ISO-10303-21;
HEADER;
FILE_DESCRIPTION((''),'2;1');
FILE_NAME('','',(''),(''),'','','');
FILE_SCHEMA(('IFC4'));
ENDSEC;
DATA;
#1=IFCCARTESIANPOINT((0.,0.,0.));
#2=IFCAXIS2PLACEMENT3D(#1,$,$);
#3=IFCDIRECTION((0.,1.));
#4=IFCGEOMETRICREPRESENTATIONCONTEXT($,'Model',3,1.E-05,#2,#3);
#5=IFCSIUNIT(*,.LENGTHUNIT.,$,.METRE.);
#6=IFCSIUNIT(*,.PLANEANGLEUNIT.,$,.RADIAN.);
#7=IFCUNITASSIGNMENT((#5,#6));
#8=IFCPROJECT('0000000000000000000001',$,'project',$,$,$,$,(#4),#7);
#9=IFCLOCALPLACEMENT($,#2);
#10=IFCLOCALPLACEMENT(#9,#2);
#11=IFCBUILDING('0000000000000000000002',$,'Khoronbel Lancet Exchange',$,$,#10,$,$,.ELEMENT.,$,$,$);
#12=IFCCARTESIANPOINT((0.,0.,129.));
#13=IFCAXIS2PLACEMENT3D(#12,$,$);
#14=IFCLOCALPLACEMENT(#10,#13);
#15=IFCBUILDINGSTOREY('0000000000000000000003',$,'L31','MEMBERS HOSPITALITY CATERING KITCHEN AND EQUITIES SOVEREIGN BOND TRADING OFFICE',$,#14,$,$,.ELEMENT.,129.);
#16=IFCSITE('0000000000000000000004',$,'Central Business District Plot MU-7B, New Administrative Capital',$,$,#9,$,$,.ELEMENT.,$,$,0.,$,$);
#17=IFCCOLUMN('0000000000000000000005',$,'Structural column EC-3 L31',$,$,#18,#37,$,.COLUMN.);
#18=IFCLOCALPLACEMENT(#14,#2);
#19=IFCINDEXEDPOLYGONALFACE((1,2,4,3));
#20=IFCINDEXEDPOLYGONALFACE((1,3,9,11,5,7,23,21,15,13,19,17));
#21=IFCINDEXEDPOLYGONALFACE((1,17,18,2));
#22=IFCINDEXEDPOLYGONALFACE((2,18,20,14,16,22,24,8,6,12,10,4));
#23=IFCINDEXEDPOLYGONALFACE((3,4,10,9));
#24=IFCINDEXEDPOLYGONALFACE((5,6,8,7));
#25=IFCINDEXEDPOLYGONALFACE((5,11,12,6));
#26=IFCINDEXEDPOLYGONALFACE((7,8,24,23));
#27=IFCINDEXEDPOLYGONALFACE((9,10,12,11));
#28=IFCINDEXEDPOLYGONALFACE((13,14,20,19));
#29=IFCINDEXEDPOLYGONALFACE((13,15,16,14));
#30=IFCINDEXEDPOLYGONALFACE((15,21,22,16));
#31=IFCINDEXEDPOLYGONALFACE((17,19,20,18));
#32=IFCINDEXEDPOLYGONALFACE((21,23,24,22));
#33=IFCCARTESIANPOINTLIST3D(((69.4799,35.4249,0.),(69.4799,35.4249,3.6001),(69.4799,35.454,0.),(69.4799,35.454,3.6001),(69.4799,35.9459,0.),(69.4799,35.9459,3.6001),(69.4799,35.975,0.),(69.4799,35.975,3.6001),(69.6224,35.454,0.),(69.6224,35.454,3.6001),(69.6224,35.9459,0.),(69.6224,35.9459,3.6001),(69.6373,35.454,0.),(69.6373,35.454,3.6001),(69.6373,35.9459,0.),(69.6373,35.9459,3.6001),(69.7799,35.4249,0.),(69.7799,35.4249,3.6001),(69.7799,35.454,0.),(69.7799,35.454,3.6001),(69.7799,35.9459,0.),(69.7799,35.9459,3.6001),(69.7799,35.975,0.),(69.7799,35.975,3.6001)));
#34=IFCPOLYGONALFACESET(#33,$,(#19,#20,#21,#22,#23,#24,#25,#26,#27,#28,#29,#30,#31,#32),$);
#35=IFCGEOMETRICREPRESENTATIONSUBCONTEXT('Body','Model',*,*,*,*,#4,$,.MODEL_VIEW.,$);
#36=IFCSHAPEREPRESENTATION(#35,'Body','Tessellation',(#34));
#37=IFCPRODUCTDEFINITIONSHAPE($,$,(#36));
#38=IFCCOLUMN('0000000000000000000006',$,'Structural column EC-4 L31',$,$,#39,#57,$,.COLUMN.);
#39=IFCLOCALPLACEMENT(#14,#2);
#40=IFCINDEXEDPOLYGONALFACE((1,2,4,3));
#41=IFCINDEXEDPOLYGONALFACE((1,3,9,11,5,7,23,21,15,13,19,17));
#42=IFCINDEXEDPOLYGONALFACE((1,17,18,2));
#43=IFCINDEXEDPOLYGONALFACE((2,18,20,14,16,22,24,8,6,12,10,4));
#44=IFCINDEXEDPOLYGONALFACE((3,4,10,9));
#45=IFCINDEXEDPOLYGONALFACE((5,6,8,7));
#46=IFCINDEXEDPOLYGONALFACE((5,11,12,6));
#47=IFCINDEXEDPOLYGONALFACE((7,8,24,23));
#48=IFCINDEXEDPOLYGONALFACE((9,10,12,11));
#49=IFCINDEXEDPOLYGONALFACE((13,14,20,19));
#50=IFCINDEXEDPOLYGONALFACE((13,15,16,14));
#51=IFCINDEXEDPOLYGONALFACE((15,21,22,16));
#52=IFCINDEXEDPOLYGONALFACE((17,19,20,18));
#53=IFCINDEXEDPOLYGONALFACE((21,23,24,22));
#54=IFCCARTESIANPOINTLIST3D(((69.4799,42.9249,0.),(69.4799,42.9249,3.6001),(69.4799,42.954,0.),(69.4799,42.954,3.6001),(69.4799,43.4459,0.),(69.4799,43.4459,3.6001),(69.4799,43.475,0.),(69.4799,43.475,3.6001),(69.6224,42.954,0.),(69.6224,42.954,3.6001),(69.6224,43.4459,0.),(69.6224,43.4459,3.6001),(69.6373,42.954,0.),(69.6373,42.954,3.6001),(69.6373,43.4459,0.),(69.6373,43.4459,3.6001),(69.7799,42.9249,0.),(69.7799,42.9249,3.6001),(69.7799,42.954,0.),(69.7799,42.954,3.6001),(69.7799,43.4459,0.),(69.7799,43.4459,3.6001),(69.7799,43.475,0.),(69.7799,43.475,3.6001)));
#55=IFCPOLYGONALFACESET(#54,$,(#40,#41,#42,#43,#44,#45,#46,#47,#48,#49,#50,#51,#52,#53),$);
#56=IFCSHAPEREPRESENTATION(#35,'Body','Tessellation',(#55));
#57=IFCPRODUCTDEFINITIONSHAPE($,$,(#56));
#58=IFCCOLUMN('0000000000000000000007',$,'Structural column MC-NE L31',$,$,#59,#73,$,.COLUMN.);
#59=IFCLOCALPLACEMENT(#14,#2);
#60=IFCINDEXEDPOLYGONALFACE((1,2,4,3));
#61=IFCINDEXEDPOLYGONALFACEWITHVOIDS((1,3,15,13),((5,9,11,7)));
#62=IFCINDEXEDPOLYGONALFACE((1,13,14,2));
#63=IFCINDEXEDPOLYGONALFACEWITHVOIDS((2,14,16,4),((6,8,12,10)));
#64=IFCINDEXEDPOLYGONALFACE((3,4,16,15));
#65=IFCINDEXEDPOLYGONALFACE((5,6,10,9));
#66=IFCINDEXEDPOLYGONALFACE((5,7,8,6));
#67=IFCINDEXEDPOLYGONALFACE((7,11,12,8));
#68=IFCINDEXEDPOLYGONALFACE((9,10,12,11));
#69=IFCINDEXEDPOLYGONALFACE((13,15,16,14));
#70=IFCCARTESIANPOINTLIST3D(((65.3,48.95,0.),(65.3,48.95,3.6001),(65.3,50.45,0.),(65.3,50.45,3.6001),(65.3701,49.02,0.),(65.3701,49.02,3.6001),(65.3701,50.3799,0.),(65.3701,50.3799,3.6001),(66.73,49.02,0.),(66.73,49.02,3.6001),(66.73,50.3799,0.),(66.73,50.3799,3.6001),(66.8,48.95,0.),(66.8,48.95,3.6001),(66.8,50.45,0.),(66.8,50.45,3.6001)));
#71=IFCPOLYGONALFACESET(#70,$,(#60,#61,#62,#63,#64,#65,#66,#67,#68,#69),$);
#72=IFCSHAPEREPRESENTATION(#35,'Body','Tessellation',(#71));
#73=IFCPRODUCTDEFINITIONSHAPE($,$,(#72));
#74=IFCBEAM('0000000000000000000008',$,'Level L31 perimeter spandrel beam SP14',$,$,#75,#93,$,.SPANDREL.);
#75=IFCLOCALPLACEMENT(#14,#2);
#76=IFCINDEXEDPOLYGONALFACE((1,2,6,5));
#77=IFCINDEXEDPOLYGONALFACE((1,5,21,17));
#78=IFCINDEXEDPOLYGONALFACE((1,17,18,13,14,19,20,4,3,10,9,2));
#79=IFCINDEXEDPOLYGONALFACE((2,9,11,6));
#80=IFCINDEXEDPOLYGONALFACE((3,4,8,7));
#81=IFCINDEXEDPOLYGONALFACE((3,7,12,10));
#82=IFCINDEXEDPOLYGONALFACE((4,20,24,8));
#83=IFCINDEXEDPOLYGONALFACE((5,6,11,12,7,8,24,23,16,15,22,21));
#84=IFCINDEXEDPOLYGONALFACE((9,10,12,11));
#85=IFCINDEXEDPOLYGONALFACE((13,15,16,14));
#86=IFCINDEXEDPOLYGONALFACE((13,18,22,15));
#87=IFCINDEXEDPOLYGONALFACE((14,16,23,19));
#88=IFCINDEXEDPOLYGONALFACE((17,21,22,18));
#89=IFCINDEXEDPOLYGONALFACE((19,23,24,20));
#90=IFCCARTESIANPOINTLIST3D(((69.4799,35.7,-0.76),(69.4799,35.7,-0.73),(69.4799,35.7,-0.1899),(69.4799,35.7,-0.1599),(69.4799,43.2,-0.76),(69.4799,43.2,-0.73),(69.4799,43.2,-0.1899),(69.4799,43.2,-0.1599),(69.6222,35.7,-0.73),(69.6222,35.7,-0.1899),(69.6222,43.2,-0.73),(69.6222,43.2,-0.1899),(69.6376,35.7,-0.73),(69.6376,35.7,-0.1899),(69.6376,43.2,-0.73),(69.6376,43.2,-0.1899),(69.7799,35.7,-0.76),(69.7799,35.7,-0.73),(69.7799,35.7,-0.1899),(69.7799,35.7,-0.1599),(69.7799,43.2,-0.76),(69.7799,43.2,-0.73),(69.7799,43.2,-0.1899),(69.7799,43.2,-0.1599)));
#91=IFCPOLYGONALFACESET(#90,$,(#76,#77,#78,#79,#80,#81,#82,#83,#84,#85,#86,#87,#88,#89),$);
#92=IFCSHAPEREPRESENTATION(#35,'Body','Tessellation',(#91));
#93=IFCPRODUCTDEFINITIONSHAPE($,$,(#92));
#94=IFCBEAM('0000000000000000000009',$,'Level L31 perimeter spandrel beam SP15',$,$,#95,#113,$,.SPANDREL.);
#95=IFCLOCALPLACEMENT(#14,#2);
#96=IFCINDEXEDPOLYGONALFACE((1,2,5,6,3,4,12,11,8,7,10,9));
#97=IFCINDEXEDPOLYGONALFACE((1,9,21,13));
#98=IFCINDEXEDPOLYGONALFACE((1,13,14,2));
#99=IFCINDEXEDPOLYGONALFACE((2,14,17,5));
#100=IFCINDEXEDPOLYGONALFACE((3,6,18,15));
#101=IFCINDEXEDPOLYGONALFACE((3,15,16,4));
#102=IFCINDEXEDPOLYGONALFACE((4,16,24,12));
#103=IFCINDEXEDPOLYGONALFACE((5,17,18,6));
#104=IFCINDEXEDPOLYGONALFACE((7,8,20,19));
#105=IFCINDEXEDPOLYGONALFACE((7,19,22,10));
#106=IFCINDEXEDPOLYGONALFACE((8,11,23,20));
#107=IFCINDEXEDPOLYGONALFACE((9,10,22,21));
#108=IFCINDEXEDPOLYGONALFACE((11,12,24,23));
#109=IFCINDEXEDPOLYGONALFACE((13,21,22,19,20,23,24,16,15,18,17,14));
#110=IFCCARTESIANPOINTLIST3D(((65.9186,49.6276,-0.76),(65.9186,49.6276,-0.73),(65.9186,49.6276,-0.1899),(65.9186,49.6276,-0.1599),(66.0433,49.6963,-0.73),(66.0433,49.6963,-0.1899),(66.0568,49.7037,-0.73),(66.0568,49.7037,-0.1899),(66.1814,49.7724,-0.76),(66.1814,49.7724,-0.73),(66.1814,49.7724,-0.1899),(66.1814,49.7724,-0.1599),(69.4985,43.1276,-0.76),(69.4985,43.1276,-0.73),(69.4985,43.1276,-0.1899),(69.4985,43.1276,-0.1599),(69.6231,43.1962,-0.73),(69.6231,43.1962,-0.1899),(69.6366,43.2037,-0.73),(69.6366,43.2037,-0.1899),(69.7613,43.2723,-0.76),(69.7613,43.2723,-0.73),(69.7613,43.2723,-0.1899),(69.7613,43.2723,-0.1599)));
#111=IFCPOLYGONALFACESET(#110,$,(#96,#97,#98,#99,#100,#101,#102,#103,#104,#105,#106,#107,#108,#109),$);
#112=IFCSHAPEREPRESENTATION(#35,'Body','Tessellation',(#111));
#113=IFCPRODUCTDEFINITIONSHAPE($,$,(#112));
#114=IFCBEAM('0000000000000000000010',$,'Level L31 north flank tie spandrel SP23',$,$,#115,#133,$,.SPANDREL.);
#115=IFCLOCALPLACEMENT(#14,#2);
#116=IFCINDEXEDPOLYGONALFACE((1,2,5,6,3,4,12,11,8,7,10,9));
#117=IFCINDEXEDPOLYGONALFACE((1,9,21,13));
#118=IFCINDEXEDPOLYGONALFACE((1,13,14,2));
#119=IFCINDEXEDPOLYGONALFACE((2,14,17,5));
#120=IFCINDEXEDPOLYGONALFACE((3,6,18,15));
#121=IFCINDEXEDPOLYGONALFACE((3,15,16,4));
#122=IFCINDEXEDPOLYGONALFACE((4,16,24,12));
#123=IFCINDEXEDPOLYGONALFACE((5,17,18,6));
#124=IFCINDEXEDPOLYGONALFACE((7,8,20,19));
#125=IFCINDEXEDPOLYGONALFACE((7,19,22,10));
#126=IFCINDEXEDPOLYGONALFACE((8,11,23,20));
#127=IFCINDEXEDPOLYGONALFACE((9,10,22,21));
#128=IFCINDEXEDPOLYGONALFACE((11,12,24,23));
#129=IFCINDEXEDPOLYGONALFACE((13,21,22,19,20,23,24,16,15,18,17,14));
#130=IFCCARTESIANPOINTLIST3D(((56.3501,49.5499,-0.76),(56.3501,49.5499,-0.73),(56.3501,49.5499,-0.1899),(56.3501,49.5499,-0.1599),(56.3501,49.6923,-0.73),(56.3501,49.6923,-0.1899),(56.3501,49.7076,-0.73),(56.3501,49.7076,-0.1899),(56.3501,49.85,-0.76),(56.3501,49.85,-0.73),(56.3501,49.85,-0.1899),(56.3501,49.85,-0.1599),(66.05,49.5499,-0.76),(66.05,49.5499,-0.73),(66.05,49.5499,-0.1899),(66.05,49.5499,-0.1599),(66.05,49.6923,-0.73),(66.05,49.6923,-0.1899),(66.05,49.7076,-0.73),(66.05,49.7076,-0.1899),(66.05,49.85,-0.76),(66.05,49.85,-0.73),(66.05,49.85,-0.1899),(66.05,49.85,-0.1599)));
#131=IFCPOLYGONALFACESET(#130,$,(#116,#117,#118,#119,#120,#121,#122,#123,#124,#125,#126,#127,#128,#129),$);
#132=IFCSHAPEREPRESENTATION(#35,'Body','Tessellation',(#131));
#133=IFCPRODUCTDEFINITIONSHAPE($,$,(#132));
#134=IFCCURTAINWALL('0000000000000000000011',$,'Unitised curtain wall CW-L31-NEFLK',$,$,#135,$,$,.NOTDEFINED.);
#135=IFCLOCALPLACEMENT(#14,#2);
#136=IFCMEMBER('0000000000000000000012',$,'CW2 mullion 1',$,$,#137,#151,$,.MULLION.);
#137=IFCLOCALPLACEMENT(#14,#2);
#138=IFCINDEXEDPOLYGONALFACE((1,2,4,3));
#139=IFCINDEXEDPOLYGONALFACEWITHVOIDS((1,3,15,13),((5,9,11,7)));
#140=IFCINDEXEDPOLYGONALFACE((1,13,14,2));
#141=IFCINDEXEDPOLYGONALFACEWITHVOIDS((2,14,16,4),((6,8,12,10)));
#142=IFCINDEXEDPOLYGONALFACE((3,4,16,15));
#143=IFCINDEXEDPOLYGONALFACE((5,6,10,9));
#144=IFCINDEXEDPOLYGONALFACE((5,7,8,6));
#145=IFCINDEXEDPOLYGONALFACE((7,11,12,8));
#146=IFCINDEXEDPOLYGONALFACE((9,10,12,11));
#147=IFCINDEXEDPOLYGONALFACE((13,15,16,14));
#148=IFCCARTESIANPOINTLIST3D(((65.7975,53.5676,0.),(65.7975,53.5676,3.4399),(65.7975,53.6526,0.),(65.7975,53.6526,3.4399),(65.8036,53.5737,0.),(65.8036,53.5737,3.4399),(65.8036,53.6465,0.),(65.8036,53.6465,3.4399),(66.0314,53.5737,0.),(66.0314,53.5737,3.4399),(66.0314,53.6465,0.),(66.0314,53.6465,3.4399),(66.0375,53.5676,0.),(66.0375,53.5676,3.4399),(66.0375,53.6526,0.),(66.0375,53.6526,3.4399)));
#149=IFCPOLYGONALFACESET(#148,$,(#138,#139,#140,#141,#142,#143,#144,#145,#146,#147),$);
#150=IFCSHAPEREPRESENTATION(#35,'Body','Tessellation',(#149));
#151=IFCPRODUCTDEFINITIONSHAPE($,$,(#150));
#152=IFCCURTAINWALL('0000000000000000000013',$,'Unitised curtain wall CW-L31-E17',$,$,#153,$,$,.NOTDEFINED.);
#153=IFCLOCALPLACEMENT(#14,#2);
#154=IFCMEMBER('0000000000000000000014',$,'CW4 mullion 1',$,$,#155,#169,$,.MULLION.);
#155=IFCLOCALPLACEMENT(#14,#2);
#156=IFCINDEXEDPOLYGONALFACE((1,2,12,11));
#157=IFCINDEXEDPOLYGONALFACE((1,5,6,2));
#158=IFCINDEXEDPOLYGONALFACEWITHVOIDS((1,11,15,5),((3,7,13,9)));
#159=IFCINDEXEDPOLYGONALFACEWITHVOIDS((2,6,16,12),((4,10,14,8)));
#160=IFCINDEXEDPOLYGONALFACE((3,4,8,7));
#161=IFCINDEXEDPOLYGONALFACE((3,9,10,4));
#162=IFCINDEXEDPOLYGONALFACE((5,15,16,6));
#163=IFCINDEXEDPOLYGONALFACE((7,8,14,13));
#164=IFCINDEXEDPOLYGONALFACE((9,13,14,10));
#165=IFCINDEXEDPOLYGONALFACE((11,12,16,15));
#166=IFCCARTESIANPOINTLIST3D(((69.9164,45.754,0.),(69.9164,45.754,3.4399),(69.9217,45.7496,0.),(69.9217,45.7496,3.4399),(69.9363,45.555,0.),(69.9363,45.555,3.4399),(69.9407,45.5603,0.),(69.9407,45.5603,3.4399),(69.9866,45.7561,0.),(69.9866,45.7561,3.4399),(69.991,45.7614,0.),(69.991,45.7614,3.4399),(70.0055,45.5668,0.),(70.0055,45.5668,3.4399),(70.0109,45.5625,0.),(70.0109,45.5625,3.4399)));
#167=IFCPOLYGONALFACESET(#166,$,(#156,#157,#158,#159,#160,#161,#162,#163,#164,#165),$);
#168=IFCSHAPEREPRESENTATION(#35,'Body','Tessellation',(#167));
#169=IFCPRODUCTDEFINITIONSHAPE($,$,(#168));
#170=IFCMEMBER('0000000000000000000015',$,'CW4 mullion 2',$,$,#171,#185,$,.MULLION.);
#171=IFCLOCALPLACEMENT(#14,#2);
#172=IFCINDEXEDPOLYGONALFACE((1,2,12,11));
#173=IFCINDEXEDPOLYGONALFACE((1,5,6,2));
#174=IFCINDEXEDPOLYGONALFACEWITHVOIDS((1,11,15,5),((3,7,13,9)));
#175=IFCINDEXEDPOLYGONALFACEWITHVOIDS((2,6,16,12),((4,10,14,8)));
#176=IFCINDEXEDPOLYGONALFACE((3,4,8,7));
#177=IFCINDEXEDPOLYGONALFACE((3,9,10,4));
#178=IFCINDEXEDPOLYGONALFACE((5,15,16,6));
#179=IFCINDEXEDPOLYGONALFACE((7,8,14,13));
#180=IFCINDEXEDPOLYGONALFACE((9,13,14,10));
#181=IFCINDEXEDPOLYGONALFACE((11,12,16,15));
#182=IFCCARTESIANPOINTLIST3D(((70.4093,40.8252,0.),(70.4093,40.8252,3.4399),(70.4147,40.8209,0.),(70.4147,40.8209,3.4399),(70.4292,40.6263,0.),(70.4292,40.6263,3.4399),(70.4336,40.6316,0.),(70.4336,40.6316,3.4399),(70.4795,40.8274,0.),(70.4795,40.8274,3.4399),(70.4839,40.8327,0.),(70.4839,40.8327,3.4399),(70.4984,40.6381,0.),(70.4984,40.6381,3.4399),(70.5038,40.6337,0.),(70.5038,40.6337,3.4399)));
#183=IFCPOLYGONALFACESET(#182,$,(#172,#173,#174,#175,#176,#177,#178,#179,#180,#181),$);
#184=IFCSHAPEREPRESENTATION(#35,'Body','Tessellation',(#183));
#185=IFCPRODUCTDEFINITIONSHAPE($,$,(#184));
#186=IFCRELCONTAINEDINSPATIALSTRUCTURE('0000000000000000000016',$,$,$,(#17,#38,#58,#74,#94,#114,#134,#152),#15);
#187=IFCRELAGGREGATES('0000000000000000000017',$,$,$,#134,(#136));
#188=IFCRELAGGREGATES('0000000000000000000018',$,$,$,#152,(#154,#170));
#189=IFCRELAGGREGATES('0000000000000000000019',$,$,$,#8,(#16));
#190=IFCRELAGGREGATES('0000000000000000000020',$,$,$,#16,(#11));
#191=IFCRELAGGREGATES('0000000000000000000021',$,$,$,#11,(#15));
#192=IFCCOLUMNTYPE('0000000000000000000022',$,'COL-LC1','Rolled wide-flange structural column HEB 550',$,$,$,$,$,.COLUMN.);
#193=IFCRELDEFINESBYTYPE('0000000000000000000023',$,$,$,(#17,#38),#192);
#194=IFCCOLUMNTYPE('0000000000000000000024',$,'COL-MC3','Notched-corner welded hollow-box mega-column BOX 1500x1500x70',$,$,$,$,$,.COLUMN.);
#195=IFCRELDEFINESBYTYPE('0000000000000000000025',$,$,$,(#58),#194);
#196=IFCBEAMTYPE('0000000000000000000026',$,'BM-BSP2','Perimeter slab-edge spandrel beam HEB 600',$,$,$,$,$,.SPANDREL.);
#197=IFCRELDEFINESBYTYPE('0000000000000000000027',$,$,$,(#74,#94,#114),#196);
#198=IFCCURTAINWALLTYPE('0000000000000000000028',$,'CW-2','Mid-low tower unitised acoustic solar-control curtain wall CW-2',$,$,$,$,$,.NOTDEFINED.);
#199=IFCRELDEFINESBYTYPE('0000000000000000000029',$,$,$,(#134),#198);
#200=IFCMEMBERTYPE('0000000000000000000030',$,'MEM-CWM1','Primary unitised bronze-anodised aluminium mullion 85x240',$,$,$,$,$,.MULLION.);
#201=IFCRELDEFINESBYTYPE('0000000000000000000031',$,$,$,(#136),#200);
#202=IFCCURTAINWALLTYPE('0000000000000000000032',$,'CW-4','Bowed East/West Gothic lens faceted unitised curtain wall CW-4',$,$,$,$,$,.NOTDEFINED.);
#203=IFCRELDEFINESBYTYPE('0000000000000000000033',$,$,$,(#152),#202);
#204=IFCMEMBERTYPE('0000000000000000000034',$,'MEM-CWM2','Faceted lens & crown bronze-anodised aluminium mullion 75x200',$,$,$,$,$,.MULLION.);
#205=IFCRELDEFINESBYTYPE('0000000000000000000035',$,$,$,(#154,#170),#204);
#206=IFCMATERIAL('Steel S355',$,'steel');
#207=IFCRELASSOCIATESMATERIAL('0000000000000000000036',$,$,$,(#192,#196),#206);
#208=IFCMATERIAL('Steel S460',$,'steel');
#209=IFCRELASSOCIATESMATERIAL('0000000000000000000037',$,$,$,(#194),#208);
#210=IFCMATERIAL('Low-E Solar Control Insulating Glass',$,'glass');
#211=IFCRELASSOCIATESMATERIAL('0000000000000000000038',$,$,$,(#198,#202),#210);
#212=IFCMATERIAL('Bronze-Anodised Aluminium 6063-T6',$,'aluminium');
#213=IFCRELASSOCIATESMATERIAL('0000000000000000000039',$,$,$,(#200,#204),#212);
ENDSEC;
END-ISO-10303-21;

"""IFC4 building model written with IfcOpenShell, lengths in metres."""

from ifc_helpers import new_model, si_unit, direction, frame, origin, origin_2d, place, context, subcontext, project, spatial, hollow_rectangle, i_section, extrude, material, material_profile, profile_set, type_object, element, aggregate, save


model = new_model("IFC4")

# Units and contexts
model_context = context("Model", 3, precision=1e-05, world=origin(), true_north=direction((0.0, 1.0)))
body_context = subcontext(model_context, "Body", "Model", "MODEL_VIEW")
ifc_project = project(units=[si_unit("LENGTHUNIT", "METRE"), si_unit("PLANEANGLEUNIT", "RADIAN")], contexts=[model_context])

# Site, building, storey
site_placement = place(None, origin())
site = spatial("IfcSite", under=ifc_project, at=site_placement, Name="Central Business District Plot MU-7B, New Administrative Capital", CompositionType="ELEMENT", RefElevation=0.0)
building_placement = place(site_placement, origin())
building = spatial("IfcBuilding", under=site, at=building_placement, Name="Khoronbel Lancet Exchange", CompositionType="ELEMENT")
storey_placement = place(building_placement, frame((0.0, 0.0, 129.0)))
storey = spatial("IfcBuildingStorey", under=building, at=storey_placement, Name="L31", Description="MEMBERS HOSPITALITY CATERING KITCHEN AND EQUITIES SOVEREIGN BOND TRADING OFFICE", CompositionType="ELEMENT", Elevation=129.0)

# Columns
ifc_material_1 = material(Name="Steel S355", Category="steel")
ifc_material_profile_1 = material_profile(ifc_material_1, i_section(OverallWidth=0.3, OverallDepth=0.55, WebThickness=0.0149, FlangeThickness=0.0291, at=origin_2d()), Name="HEB 550")
ifc_profile_set_1 = profile_set([ifc_material_profile_1], Name="Steel S355")
column_type_1 = type_object("IfcColumnType", Name="COL-LC1", Description="Rolled wide-flange structural column HEB 550", PredefinedType="COLUMN", material=ifc_profile_set_1)
for number, where, z_axis, x_axis, name in (
    (1, (69.6299, 35.7, 0.0), (0.0, 0.0, 1.0), (1.0, 0.0, 0.0), "Structural column EC-3 L31"),
    (2, (69.6299, 43.2, 0.0), (0.0, 0.0, 1.0), (1.0, 0.0, 0.0), "Structural column EC-4 L31"),
):
    element("IfcColumn", number, at=place(storey_placement, frame(where, z_axis=z_axis, x_axis=x_axis)), inside=storey, type_object=column_type_1, Name=name, PredefinedType="COLUMN", context=body_context, shape_type="SweptSolid", body=[
        extrude(i_section(OverallWidth=0.3, OverallDepth=0.55, WebThickness=0.0149, FlangeThickness=0.0291, at=origin_2d()), origin(), (0.0, 0.0, 1.0), 3.6001),
    ])
ifc_material_2 = material(Name="Steel S460", Category="steel")
ifc_material_profile_2 = material_profile(ifc_material_2, hollow_rectangle(XDim=1.5, YDim=1.5, WallThickness=0.0701, at=origin_2d()), Name="BOX 1500x1500x70")
ifc_profile_set_2 = profile_set([ifc_material_profile_2], Name="Steel S460")
column_type_2 = type_object("IfcColumnType", Name="COL-MC3", Description="Notched-corner welded hollow-box mega-column BOX 1500x1500x70", PredefinedType="COLUMN", material=ifc_profile_set_2)
column_placement = place(storey_placement, frame((66.05, 49.7, 0.0), z_axis=(0.0, 0.0, 1.0), x_axis=(1.0, 0.0, 0.0)))
element("IfcColumn", 3, at=column_placement, inside=storey, type_object=column_type_2, Name="Structural column MC-NE L31", PredefinedType="COLUMN", context=body_context, shape_type="SweptSolid", body=[
    extrude(hollow_rectangle(XDim=1.5, YDim=1.5, WallThickness=0.0701, at=origin_2d()), origin(), (0.0, 0.0, 1.0), 3.6001),
])

# Beams
ifc_material_profile_3 = material_profile(ifc_material_1, i_section(OverallWidth=0.3, OverallDepth=0.6001, WebThickness=0.0154, FlangeThickness=0.03, at=origin_2d()), Name="HEB 600")
ifc_profile_set_3 = profile_set([ifc_material_profile_3], Name="Steel S355")
beam_type = type_object("IfcBeamType", Name="BM-BSP2", Description="Perimeter slab-edge spandrel beam HEB 600", PredefinedType="SPANDREL", material=ifc_profile_set_3)
beam_1_placement = place(storey_placement, frame((69.6299, 35.7, -0.46), z_axis=(0.0, 1.0, 0.0), x_axis=(-1.0, 0.0, 0.0)))
element("IfcBeam", 4, at=beam_1_placement, inside=storey, type_object=beam_type, Name="Level L31 perimeter spandrel beam SP14", PredefinedType="SPANDREL", context=body_context, shape_type="SweptSolid", body=[
    extrude(i_section(OverallWidth=0.3, OverallDepth=0.6001, WebThickness=0.0154, FlangeThickness=0.03, at=origin_2d()), origin(), (0.0, 0.0, 1.0), 7.5),
])
beam_2_placement = place(storey_placement, frame((69.6299, 43.2, -0.46), z_axis=(-0.482419, 0.875941, 0.0), x_axis=(-0.875941, -0.482419, 0.0)))
element("IfcBeam", 5, at=beam_2_placement, inside=storey, type_object=beam_type, Name="Level L31 perimeter spandrel beam SP15", PredefinedType="SPANDREL", context=body_context, shape_type="SweptSolid", body=[
    extrude(i_section(OverallWidth=0.3, OverallDepth=0.6001, WebThickness=0.0154, FlangeThickness=0.03, at=origin_2d()), origin(), (0.0, 0.0, 1.0), 7.4207),
])
beam_3_placement = place(storey_placement, frame((66.05, 49.7, -0.46), z_axis=(-1.0, 0.0, 0.0), x_axis=(0.0, -1.0, 0.0)))
element("IfcBeam", 6, at=beam_3_placement, inside=storey, type_object=beam_type, Name="Level L31 north flank tie spandrel SP23", PredefinedType="SPANDREL", context=body_context, shape_type="SweptSolid", body=[
    extrude(i_section(OverallWidth=0.3, OverallDepth=0.6001, WebThickness=0.0154, FlangeThickness=0.03, at=origin_2d()), origin(), (0.0, 0.0, 1.0), 9.7),
])

# Curtain wall, member
ifc_material_3 = material(Name="Low-E Solar Control Insulating Glass", Category="glass")
curtain_wall_type_1 = type_object("IfcCurtainWallType", Name="CW-2", Description="Mid-low tower unitised acoustic solar-control curtain wall CW-2", PredefinedType="NOTDEFINED", material=ifc_material_3)
curtain_wall_1_placement = place(storey_placement, origin())
curtain_wall_1 = element("IfcCurtainWall", 7, at=curtain_wall_1_placement, inside=storey, type_object=curtain_wall_type_1, Name="Unitised curtain wall CW-L31-NEFLK", PredefinedType="NOTDEFINED")
ifc_material_4 = material(Name="Bronze-Anodised Aluminium 6063-T6", Category="aluminium")
ifc_material_profile_4 = material_profile(ifc_material_4, hollow_rectangle(XDim=0.085, YDim=0.24, WallThickness=0.0061, at=origin_2d()), Name="ALU MULLION 85x240")
ifc_profile_set_4 = profile_set([ifc_material_profile_4], Name="Bronze-Anodised Aluminium 6063-T6")
member_type_1 = type_object("IfcMemberType", Name="MEM-CWM1", Description="Primary unitised bronze-anodised aluminium mullion 85x240", PredefinedType="MULLION", material=ifc_profile_set_4)
member_1_placement = place(storey_placement, frame((65.9175, 53.6101, 0.0), z_axis=(0.0, 0.0, 1.0), x_axis=(0.0, -1.0, 0.0)))
member_1 = element("IfcMember", 8, at=member_1_placement, type_object=member_type_1, Name="CW2 mullion 1", PredefinedType="MULLION", context=body_context, shape_type="SweptSolid", body=[
    extrude(hollow_rectangle(XDim=0.085, YDim=0.24, WallThickness=0.0061, at=origin_2d()), origin(), (0.0, 0.0, 1.0), 3.4399),
])

# Curtain wall, members
curtain_wall_type_2 = type_object("IfcCurtainWallType", Name="CW-4", Description="Bowed East/West Gothic lens faceted unitised curtain wall CW-4", PredefinedType="NOTDEFINED", material=ifc_material_3)
curtain_wall_2_placement = place(storey_placement, origin())
curtain_wall_2 = element("IfcCurtainWall", 9, at=curtain_wall_2_placement, inside=storey, type_object=curtain_wall_type_2, Name="Unitised curtain wall CW-L31-E17", PredefinedType="NOTDEFINED")
ifc_material_profile_5 = material_profile(ifc_material_4, hollow_rectangle(XDim=0.075, YDim=0.2, WallThickness=0.0049, at=origin_2d()), Name="ALU MULLION 75x200")
ifc_profile_set_5 = profile_set([ifc_material_profile_5], Name="Bronze-Anodised Aluminium 6063-T6")
member_type_2 = type_object("IfcMemberType", Name="MEM-CWM2", Description="Faceted lens & crown bronze-anodised aluminium mullion 75x200", PredefinedType="MULLION", material=ifc_profile_set_5)
member_2_placement = place(storey_placement, frame((69.9636, 45.6582, 0.0), z_axis=(0.0, 0.0, 1.0), x_axis=(0.995038, 0.099498, 0.0)))
member_2 = element("IfcMember", 10, at=member_2_placement, type_object=member_type_2, Name="CW4 mullion 1", PredefinedType="MULLION", context=body_context, shape_type="SweptSolid", body=[
    extrude(hollow_rectangle(XDim=0.075, YDim=0.2, WallThickness=0.0049, at=origin_2d()), origin(), (0.0, 0.0, 1.0), 3.4399),
])
member_3_placement = place(storey_placement, frame((70.4565, 40.7295, 0.0), z_axis=(0.0, 0.0, 1.0), x_axis=(0.995038, 0.099498, 0.0)))
member_3 = element("IfcMember", 11, at=member_3_placement, type_object=member_type_2, Name="CW4 mullion 2", PredefinedType="MULLION", context=body_context, shape_type="SweptSolid", body=[
    extrude(hollow_rectangle(XDim=0.075, YDim=0.2, WallThickness=0.0049, at=origin_2d()), origin(), (0.0, 0.0, 1.0), 3.4399),
])

aggregate(curtain_wall_1, [member_1])
aggregate(curtain_wall_2, [member_2, member_3])

save(model, "model.ifc")
